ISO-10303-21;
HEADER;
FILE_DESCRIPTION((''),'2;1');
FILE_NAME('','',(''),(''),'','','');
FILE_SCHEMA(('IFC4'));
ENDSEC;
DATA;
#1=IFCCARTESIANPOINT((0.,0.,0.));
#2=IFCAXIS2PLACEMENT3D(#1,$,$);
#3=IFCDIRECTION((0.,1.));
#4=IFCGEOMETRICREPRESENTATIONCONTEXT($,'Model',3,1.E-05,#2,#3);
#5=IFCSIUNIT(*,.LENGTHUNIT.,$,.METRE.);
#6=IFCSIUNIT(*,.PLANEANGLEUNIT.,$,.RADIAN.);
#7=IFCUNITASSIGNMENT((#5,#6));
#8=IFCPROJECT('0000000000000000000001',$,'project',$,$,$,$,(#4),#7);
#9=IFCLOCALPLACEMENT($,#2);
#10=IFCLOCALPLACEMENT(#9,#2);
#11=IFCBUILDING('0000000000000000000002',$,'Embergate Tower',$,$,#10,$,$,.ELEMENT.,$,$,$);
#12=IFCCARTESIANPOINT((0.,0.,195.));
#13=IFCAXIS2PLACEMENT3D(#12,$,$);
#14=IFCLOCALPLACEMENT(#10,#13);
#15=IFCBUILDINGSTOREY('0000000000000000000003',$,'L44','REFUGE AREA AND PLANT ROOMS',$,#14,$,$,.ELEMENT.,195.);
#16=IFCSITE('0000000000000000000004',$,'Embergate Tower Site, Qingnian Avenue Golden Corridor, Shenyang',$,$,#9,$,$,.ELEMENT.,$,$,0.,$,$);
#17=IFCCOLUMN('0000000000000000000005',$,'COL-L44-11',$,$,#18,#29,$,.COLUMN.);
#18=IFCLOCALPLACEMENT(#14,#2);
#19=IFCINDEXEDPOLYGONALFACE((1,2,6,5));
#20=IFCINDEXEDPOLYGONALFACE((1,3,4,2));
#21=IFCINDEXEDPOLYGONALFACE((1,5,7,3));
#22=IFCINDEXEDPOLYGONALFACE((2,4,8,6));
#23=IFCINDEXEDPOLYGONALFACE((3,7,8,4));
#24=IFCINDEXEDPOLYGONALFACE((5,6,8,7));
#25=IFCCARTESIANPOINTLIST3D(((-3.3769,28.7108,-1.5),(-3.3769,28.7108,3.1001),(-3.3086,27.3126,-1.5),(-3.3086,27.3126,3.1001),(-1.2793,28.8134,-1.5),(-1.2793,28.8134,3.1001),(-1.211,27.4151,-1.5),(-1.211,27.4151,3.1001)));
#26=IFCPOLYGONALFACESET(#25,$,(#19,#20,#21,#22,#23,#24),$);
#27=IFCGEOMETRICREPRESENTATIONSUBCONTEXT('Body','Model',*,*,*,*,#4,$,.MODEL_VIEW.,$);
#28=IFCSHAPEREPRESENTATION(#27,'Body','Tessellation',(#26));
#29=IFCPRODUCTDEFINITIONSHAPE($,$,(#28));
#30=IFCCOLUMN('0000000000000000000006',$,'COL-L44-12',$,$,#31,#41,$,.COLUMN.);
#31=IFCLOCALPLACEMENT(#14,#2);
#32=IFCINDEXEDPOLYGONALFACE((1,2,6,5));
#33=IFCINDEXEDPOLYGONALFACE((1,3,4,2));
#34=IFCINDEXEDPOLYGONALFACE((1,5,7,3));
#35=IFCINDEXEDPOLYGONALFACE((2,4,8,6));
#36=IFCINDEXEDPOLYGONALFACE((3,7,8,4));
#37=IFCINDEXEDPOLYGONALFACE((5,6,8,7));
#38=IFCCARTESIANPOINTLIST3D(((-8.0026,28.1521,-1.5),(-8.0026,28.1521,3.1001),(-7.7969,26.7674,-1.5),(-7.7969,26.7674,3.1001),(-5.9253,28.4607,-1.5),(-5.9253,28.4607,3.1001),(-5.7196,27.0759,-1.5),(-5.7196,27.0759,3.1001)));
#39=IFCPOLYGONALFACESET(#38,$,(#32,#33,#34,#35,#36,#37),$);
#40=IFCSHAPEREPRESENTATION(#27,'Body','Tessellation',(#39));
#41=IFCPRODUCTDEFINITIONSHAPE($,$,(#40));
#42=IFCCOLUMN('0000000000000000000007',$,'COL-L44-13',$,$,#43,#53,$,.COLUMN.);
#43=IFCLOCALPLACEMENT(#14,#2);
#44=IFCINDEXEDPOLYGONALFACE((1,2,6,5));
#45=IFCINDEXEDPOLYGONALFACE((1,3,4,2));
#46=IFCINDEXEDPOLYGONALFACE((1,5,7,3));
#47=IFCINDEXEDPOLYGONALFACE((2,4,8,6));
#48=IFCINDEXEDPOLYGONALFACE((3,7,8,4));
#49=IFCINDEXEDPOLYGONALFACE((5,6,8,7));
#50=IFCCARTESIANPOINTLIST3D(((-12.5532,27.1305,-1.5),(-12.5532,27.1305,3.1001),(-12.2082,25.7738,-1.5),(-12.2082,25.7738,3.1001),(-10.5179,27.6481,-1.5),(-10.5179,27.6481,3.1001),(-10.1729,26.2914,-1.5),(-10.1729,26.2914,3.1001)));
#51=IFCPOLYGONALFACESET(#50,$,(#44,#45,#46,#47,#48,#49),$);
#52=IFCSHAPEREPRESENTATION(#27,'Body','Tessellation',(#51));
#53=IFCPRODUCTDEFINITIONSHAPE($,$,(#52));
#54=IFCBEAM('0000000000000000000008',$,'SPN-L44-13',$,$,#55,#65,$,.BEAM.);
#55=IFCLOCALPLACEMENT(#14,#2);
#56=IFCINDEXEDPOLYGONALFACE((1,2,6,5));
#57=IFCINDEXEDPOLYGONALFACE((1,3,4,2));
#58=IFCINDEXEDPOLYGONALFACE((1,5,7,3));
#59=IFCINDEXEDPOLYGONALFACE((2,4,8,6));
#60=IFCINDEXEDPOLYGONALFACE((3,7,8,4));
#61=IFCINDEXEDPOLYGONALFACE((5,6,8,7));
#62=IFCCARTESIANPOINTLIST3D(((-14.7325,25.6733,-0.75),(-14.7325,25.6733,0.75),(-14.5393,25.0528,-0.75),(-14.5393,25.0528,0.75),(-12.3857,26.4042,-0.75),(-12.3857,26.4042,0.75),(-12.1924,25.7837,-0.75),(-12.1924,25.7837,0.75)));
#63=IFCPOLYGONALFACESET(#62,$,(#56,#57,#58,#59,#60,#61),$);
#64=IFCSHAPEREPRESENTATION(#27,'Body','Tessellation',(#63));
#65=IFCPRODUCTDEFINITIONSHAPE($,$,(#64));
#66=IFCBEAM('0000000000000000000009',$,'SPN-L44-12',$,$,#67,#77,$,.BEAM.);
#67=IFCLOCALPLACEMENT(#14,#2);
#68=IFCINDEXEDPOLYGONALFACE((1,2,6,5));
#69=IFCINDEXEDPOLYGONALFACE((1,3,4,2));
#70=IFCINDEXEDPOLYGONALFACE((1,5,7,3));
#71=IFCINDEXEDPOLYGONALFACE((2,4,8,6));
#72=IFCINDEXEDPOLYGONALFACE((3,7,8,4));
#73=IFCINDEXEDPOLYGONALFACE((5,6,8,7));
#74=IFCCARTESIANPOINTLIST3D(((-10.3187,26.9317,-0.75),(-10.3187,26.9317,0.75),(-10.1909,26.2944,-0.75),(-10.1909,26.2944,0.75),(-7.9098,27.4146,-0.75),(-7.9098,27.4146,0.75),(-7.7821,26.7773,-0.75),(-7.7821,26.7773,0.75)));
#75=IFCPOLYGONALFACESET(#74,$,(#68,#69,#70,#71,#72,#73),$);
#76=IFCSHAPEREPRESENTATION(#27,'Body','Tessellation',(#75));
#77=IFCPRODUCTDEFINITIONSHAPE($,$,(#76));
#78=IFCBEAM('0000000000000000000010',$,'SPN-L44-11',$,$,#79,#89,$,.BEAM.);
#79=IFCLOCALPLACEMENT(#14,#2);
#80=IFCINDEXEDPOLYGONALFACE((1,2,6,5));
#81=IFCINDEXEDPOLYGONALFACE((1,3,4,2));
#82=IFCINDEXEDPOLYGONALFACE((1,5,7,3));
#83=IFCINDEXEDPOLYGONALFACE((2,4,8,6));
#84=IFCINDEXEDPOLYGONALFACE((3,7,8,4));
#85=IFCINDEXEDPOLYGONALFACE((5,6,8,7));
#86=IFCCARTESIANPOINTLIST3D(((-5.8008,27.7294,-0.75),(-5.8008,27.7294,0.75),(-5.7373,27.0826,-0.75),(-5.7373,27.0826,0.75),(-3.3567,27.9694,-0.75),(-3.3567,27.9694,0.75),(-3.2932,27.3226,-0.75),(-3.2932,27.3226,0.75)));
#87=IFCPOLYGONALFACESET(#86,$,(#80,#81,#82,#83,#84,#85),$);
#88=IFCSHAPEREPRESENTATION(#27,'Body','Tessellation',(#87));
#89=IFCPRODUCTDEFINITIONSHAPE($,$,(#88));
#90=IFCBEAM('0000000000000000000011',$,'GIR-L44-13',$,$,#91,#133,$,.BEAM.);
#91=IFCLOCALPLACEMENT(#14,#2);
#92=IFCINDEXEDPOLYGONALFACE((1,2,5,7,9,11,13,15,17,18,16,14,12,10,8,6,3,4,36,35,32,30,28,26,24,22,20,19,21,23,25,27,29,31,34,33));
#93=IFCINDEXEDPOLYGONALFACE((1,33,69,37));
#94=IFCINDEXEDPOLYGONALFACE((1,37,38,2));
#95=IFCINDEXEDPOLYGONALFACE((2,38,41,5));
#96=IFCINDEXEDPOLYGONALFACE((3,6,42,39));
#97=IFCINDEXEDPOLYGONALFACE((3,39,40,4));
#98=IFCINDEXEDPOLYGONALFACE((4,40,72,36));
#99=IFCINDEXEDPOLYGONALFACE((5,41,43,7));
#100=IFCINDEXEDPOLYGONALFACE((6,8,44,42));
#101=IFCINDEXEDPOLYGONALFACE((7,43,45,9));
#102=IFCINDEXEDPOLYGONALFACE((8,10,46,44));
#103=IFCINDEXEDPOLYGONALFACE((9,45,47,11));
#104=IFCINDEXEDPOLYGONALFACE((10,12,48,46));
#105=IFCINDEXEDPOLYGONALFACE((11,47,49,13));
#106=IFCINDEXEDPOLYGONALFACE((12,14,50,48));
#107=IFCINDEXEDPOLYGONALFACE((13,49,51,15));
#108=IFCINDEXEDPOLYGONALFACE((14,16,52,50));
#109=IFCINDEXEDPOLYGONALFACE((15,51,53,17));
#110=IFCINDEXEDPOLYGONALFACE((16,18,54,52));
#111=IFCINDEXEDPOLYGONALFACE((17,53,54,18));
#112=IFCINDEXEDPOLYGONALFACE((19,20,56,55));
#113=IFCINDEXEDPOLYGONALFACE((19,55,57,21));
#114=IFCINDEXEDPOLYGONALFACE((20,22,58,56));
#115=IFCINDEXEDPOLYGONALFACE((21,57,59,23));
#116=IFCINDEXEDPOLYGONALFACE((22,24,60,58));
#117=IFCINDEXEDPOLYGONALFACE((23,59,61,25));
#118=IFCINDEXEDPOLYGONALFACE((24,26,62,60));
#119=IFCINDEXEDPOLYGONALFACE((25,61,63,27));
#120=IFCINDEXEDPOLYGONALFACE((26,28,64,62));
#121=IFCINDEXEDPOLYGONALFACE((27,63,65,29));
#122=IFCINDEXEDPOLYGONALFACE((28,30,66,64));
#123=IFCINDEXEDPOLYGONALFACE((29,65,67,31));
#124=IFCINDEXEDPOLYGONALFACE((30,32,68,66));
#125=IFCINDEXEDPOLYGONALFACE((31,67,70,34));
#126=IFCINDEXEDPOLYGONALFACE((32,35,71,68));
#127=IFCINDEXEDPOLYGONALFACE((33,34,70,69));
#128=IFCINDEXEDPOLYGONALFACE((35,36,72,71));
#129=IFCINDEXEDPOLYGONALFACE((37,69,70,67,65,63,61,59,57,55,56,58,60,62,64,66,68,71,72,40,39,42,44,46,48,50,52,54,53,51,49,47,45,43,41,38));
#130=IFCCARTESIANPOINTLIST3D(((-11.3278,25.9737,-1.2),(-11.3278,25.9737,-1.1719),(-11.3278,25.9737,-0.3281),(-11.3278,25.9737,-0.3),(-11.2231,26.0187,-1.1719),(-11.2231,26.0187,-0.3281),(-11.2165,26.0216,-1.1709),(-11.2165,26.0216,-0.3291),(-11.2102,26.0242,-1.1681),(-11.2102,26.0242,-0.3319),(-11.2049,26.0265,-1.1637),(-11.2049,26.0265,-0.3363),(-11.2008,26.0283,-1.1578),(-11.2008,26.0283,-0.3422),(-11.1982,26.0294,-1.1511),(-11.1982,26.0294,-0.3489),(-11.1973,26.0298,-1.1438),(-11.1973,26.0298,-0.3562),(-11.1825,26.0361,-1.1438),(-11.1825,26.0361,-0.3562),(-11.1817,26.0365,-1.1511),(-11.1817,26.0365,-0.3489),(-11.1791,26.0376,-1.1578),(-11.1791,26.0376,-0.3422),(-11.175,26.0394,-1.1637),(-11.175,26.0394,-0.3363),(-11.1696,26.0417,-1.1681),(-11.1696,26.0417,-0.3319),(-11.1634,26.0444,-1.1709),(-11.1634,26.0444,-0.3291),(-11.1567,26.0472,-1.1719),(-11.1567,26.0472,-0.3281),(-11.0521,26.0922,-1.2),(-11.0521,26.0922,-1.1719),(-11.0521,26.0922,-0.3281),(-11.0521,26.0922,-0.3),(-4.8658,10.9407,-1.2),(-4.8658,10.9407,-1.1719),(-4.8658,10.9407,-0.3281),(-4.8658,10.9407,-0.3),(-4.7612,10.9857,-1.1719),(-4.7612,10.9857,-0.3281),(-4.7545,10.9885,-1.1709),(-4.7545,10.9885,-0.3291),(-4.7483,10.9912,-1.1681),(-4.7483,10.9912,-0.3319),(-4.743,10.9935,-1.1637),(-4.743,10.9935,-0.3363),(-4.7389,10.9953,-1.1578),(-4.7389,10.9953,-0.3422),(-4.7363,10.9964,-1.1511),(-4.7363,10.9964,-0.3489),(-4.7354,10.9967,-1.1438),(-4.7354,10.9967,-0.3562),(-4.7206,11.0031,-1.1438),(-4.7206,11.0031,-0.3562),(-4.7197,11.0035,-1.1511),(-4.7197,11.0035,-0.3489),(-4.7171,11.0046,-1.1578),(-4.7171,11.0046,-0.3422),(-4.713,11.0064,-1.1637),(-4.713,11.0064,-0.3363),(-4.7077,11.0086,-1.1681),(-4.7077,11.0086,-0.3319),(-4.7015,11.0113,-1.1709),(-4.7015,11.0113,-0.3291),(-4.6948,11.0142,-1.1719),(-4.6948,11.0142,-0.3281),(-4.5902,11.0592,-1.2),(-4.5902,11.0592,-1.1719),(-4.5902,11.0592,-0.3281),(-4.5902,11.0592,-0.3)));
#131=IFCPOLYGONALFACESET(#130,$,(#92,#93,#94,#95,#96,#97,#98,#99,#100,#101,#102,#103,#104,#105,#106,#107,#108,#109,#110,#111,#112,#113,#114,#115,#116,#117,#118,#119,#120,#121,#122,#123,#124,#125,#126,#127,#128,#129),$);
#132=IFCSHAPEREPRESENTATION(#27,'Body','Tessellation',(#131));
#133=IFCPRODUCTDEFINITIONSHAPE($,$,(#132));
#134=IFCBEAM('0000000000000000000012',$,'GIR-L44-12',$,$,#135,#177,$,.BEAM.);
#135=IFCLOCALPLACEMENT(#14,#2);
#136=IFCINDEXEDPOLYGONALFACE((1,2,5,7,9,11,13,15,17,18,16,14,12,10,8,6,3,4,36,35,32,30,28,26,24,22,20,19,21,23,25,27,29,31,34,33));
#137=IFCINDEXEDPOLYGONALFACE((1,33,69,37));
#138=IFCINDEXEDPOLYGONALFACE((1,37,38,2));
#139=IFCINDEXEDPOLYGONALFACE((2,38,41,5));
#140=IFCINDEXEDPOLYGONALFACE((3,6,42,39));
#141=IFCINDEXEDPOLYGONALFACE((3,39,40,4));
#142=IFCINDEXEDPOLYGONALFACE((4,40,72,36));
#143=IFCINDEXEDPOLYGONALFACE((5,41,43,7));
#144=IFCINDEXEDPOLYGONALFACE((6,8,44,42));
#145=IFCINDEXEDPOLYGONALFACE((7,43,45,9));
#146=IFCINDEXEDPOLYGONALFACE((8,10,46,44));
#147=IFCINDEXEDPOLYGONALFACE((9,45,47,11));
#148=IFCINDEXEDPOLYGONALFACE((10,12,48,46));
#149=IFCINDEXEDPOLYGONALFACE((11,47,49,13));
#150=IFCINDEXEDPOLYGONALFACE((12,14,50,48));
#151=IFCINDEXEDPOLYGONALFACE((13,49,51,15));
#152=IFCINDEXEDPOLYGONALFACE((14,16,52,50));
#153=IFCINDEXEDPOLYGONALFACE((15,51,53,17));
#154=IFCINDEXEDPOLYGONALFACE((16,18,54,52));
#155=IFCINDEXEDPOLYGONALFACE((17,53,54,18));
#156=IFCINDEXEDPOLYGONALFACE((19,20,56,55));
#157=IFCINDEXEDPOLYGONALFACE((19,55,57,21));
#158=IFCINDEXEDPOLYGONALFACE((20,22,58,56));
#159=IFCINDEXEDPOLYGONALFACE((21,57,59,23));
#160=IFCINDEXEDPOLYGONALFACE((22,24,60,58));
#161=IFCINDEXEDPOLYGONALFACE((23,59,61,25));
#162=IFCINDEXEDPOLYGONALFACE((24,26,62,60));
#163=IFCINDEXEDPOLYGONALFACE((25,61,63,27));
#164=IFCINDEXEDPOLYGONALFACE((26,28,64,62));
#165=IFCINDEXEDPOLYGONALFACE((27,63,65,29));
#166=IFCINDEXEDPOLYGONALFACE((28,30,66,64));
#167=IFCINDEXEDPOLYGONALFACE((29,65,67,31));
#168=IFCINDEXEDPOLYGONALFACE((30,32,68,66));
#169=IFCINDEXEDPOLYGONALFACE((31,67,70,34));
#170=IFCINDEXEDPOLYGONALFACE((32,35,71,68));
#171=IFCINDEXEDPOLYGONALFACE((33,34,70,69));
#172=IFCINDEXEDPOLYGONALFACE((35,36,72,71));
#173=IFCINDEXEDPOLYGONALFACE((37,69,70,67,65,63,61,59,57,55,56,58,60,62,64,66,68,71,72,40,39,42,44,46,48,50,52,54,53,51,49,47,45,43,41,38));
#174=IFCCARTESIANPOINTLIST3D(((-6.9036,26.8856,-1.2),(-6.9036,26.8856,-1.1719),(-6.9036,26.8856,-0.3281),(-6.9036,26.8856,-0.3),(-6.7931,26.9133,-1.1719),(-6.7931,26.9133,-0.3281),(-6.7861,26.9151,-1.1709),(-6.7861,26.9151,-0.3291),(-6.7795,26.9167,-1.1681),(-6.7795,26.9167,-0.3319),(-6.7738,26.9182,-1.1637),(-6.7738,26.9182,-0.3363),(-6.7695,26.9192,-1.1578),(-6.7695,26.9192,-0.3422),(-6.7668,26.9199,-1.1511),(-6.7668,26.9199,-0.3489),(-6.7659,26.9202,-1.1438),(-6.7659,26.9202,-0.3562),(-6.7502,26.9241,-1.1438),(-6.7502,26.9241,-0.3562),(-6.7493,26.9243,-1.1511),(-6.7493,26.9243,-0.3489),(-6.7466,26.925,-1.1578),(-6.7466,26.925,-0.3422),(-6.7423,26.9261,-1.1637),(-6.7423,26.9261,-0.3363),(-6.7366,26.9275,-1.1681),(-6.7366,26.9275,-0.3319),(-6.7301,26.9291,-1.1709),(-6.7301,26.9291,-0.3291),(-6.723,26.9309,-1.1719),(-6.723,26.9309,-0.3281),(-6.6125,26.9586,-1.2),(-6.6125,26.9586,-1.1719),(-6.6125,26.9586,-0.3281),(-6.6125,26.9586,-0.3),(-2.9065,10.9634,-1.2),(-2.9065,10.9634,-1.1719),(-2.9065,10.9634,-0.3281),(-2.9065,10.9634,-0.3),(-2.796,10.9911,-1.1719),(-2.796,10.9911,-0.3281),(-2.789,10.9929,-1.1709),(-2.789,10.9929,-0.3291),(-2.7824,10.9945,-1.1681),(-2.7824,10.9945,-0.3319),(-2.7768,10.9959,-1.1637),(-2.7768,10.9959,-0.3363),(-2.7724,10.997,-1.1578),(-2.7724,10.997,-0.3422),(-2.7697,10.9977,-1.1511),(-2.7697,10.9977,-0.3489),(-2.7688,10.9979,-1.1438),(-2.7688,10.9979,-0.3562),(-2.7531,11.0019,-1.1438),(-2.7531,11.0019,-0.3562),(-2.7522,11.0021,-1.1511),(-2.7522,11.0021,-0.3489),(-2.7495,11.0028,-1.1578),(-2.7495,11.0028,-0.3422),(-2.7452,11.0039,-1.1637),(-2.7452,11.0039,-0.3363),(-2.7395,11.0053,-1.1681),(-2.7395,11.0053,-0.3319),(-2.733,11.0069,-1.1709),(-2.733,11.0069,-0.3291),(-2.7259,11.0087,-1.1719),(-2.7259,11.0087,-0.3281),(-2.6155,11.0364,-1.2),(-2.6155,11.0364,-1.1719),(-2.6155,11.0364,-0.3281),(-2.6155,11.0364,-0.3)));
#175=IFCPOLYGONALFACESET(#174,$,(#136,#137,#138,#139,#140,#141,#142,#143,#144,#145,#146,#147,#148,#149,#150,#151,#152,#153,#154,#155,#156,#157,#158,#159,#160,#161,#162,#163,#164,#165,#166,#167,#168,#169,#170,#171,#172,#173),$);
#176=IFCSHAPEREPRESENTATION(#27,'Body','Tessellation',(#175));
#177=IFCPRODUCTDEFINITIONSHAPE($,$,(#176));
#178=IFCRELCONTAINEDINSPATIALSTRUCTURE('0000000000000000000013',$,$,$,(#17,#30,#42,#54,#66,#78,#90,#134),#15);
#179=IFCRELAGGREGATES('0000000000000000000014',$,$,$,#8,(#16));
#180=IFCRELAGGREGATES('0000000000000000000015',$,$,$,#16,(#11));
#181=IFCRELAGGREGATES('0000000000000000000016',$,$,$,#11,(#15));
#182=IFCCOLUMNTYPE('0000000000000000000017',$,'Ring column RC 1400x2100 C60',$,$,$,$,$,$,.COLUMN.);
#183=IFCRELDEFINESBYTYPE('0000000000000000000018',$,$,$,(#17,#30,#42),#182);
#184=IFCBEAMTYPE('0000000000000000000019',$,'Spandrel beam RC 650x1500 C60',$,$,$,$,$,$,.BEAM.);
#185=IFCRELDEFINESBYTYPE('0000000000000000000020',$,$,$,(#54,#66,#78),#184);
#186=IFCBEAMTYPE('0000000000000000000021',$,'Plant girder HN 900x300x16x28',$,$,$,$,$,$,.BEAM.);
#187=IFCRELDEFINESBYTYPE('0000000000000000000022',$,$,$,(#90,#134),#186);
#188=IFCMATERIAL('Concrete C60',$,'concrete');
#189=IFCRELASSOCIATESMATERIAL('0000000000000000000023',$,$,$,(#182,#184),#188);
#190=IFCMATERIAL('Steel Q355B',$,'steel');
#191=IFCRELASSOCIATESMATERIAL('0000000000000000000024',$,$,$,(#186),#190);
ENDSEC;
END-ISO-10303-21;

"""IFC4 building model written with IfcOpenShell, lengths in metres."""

from ifc_helpers import new_model, si_unit, direction, frame, origin, origin_2d, place, context, subcontext, project, spatial, rectangle, i_section, extrude, source, transform, mapped, material, material_profile, profile_set, type_object, element, save


model = new_model("IFC4")

# Units and contexts
model_context = context("Model", 3, precision=1e-05, world=origin(), true_north=direction((0.0, 1.0)))
body_context = subcontext(model_context, "Body", "Model", "MODEL_VIEW")
ifc_project = project(units=[si_unit("LENGTHUNIT", "METRE"), si_unit("PLANEANGLEUNIT", "RADIAN")], contexts=[model_context])

# Site, building, storey
site_placement = place(None, origin())
site = spatial("IfcSite", under=ifc_project, at=site_placement, Name="Embergate Tower Site, Qingnian Avenue Golden Corridor, Shenyang", CompositionType="ELEMENT", RefElevation=0.0)
building_placement = place(site_placement, origin())
building = spatial("IfcBuilding", under=site, at=building_placement, Name="Embergate Tower", CompositionType="ELEMENT")
storey_placement = place(building_placement, frame((0.0, 0.0, 195.0)))
storey = spatial("IfcBuildingStorey", under=building, at=storey_placement, Name="L44", Description="REFUGE AREA AND PLANT ROOMS", CompositionType="ELEMENT", Elevation=195.0)

# Columns
ifc_material_1 = material(Name="Concrete C60", Category="concrete")
ifc_material_profile_1 = material_profile(ifc_material_1, rectangle(XDim=1.3999, YDim=2.1001, at=origin_2d()), Name="RC 1400x2100")
ifc_profile_set_1 = profile_set([ifc_material_profile_1], Name="Concrete C60")
column_type = type_object("IfcColumnType", Name="Ring column RC 1400x2100 C60", PredefinedType="COLUMN", material=ifc_profile_set_1)
shared_shape_1 = source(origin(), body_context, "Body", "SweptSolid", [
    extrude(rectangle(XDim=1.3999, YDim=2.1001, at=origin_2d()), origin(), (0.0, 0.0, 1.0), 4.6001),
])
for number, where, z_axis, x_axis, name in (
    (1, (-2.2939, 28.063, -1.5), (0.0, 0.0, 1.0), (-0.048815, 0.998808, 0.0), "COL-L44-11"),
    (2, (-6.8611, 27.614, -1.5), (0.0, 0.0, 1.0), (-0.146929, 0.989147, 0.0), "COL-L44-12"),
    (3, (-11.363, 26.7109, -1.5), (0.0, 0.0, 1.0), (-0.246492, 0.969145, 0.0), "COL-L44-13"),
):
    element("IfcColumn", number, at=place(storey_placement, frame(where, z_axis=z_axis, x_axis=x_axis)), inside=storey, type_object=column_type, Name=name, PredefinedType="COLUMN", context=body_context, shape_type="MappedRepresentation", body=[
        mapped(shared_shape_1, transform((0.0, 0.0, 0.0))),
    ])

# Beams
ifc_material_profile_2 = material_profile(ifc_material_1, rectangle(XDim=0.6499, YDim=1.5, at=origin_2d()), Name="RC 650x1500")
ifc_profile_set_2 = profile_set([ifc_material_profile_2], Name="Concrete C60")
beam_type_1 = type_object("IfcBeamType", Name="Spandrel beam RC 650x1500 C60", PredefinedType="BEAM", material=ifc_profile_set_2)
shared_shape_2 = source(origin(), body_context, "Body", "SweptSolid", [
    extrude(rectangle(XDim=0.6499, YDim=1.5, at=origin_2d()), origin(), (0.0, 0.0, 1.0), 2.458),
])
beam_1_placement = place(storey_placement, frame((-12.2891, 26.094, 0.0), z_axis=(-0.954764, -0.297364, 0.0), x_axis=(0.297364, -0.954764, 0.0)))
element("IfcBeam", 4, at=beam_1_placement, inside=storey, type_object=beam_type_1, Name="SPN-L44-13", PredefinedType="BEAM", context=body_context, shape_type="MappedRepresentation", body=[
    mapped(shared_shape_2, transform((0.0, 0.0, 0.0))),
])
shared_shape_3 = source(origin(), body_context, "Body", "SweptSolid", [
    extrude(rectangle(XDim=0.6499, YDim=1.5, at=origin_2d()), origin(), (0.0, 0.0, 1.0), 2.4568),
])
beam_2_placement = place(storey_placement, frame((-7.8459, 27.0959, 0.0), z_axis=(-0.980493, -0.196556, 0.0), x_axis=(0.196556, -0.980493, 0.0)))
element("IfcBeam", 5, at=beam_2_placement, inside=storey, type_object=beam_type_1, Name="SPN-L44-12", PredefinedType="BEAM", context=body_context, shape_type="MappedRepresentation", body=[
    mapped(shared_shape_3, transform((0.0, 0.0, 0.0))),
])
shared_shape_4 = source(origin(), body_context, "Body", "SweptSolid", [
    extrude(rectangle(XDim=0.6499, YDim=1.5, at=origin_2d()), origin(), (0.0, 0.0, 1.0), 2.4558),
])
beam_3_placement = place(storey_placement, frame((-3.325, 27.646, 0.0), z_axis=(-0.995214, -0.097722, 0.0), x_axis=(0.097722, -0.995214, 0.0)))
element("IfcBeam", 6, at=beam_3_placement, inside=storey, type_object=beam_type_1, Name="SPN-L44-11", PredefinedType="BEAM", context=body_context, shape_type="MappedRepresentation", body=[
    mapped(shared_shape_4, transform((0.0, 0.0, 0.0))),
])
ifc_material_2 = material(Name="Steel Q355B", Category="steel")
ifc_material_profile_3 = material_profile(ifc_material_2, i_section(OverallWidth=0.3, OverallDepth=0.8999, WebThickness=0.0161, FlangeThickness=0.0281, FilletRadius=0.0281, at=origin_2d()), Name="HN 900x300x16x28")
ifc_profile_set_3 = profile_set([ifc_material_profile_3], Name="Steel Q355 grade B")
beam_type_2 = type_object("IfcBeamType", Name="Plant girder HN 900x300x16x28", PredefinedType="BEAM", material=ifc_profile_set_3)
shared_shape_5 = source(origin(), body_context, "Body", "SweptSolid", [
    extrude(i_section(OverallWidth=0.3, OverallDepth=0.8999, WebThickness=0.0161, FlangeThickness=0.0281, FilletRadius=0.0281, at=origin_2d()), origin(), (0.0, 0.0, 1.0), 16.363),
])
beam_4_placement = place(storey_placement, frame((-11.1899, 26.033, -0.75), z_axis=(0.394911, -0.918719, 0.0), x_axis=(0.918719, 0.394911, 0.0)))
element("IfcBeam", 7, at=beam_4_placement, inside=storey, type_object=beam_type_2, Name="GIR-L44-13", PredefinedType="BEAM", context=body_context, shape_type="MappedRepresentation", body=[
    mapped(shared_shape_5, transform((0.0, 0.0, 0.0))),
])
shared_shape_6 = source(origin(), body_context, "Body", "SweptSolid", [
    extrude(i_section(OverallWidth=0.3, OverallDepth=0.8999, WebThickness=0.0161, FlangeThickness=0.0281, FilletRadius=0.0281, at=origin_2d()), origin(), (0.0, 0.0, 1.0), 16.4163),
])
beam_5_placement = place(storey_placement, frame((-6.7581, 26.9221, -0.75), z_axis=(0.243484, -0.969905, 0.0), x_axis=(0.969905, 0.243484, 0.0)))
element("IfcBeam", 8, at=beam_5_placement, inside=storey, type_object=beam_type_2, Name="GIR-L44-12", PredefinedType="BEAM", context=body_context, shape_type="MappedRepresentation", body=[
    mapped(shared_shape_6, transform((0.0, 0.0, 0.0))),
])

save(model, "model.ifc")
